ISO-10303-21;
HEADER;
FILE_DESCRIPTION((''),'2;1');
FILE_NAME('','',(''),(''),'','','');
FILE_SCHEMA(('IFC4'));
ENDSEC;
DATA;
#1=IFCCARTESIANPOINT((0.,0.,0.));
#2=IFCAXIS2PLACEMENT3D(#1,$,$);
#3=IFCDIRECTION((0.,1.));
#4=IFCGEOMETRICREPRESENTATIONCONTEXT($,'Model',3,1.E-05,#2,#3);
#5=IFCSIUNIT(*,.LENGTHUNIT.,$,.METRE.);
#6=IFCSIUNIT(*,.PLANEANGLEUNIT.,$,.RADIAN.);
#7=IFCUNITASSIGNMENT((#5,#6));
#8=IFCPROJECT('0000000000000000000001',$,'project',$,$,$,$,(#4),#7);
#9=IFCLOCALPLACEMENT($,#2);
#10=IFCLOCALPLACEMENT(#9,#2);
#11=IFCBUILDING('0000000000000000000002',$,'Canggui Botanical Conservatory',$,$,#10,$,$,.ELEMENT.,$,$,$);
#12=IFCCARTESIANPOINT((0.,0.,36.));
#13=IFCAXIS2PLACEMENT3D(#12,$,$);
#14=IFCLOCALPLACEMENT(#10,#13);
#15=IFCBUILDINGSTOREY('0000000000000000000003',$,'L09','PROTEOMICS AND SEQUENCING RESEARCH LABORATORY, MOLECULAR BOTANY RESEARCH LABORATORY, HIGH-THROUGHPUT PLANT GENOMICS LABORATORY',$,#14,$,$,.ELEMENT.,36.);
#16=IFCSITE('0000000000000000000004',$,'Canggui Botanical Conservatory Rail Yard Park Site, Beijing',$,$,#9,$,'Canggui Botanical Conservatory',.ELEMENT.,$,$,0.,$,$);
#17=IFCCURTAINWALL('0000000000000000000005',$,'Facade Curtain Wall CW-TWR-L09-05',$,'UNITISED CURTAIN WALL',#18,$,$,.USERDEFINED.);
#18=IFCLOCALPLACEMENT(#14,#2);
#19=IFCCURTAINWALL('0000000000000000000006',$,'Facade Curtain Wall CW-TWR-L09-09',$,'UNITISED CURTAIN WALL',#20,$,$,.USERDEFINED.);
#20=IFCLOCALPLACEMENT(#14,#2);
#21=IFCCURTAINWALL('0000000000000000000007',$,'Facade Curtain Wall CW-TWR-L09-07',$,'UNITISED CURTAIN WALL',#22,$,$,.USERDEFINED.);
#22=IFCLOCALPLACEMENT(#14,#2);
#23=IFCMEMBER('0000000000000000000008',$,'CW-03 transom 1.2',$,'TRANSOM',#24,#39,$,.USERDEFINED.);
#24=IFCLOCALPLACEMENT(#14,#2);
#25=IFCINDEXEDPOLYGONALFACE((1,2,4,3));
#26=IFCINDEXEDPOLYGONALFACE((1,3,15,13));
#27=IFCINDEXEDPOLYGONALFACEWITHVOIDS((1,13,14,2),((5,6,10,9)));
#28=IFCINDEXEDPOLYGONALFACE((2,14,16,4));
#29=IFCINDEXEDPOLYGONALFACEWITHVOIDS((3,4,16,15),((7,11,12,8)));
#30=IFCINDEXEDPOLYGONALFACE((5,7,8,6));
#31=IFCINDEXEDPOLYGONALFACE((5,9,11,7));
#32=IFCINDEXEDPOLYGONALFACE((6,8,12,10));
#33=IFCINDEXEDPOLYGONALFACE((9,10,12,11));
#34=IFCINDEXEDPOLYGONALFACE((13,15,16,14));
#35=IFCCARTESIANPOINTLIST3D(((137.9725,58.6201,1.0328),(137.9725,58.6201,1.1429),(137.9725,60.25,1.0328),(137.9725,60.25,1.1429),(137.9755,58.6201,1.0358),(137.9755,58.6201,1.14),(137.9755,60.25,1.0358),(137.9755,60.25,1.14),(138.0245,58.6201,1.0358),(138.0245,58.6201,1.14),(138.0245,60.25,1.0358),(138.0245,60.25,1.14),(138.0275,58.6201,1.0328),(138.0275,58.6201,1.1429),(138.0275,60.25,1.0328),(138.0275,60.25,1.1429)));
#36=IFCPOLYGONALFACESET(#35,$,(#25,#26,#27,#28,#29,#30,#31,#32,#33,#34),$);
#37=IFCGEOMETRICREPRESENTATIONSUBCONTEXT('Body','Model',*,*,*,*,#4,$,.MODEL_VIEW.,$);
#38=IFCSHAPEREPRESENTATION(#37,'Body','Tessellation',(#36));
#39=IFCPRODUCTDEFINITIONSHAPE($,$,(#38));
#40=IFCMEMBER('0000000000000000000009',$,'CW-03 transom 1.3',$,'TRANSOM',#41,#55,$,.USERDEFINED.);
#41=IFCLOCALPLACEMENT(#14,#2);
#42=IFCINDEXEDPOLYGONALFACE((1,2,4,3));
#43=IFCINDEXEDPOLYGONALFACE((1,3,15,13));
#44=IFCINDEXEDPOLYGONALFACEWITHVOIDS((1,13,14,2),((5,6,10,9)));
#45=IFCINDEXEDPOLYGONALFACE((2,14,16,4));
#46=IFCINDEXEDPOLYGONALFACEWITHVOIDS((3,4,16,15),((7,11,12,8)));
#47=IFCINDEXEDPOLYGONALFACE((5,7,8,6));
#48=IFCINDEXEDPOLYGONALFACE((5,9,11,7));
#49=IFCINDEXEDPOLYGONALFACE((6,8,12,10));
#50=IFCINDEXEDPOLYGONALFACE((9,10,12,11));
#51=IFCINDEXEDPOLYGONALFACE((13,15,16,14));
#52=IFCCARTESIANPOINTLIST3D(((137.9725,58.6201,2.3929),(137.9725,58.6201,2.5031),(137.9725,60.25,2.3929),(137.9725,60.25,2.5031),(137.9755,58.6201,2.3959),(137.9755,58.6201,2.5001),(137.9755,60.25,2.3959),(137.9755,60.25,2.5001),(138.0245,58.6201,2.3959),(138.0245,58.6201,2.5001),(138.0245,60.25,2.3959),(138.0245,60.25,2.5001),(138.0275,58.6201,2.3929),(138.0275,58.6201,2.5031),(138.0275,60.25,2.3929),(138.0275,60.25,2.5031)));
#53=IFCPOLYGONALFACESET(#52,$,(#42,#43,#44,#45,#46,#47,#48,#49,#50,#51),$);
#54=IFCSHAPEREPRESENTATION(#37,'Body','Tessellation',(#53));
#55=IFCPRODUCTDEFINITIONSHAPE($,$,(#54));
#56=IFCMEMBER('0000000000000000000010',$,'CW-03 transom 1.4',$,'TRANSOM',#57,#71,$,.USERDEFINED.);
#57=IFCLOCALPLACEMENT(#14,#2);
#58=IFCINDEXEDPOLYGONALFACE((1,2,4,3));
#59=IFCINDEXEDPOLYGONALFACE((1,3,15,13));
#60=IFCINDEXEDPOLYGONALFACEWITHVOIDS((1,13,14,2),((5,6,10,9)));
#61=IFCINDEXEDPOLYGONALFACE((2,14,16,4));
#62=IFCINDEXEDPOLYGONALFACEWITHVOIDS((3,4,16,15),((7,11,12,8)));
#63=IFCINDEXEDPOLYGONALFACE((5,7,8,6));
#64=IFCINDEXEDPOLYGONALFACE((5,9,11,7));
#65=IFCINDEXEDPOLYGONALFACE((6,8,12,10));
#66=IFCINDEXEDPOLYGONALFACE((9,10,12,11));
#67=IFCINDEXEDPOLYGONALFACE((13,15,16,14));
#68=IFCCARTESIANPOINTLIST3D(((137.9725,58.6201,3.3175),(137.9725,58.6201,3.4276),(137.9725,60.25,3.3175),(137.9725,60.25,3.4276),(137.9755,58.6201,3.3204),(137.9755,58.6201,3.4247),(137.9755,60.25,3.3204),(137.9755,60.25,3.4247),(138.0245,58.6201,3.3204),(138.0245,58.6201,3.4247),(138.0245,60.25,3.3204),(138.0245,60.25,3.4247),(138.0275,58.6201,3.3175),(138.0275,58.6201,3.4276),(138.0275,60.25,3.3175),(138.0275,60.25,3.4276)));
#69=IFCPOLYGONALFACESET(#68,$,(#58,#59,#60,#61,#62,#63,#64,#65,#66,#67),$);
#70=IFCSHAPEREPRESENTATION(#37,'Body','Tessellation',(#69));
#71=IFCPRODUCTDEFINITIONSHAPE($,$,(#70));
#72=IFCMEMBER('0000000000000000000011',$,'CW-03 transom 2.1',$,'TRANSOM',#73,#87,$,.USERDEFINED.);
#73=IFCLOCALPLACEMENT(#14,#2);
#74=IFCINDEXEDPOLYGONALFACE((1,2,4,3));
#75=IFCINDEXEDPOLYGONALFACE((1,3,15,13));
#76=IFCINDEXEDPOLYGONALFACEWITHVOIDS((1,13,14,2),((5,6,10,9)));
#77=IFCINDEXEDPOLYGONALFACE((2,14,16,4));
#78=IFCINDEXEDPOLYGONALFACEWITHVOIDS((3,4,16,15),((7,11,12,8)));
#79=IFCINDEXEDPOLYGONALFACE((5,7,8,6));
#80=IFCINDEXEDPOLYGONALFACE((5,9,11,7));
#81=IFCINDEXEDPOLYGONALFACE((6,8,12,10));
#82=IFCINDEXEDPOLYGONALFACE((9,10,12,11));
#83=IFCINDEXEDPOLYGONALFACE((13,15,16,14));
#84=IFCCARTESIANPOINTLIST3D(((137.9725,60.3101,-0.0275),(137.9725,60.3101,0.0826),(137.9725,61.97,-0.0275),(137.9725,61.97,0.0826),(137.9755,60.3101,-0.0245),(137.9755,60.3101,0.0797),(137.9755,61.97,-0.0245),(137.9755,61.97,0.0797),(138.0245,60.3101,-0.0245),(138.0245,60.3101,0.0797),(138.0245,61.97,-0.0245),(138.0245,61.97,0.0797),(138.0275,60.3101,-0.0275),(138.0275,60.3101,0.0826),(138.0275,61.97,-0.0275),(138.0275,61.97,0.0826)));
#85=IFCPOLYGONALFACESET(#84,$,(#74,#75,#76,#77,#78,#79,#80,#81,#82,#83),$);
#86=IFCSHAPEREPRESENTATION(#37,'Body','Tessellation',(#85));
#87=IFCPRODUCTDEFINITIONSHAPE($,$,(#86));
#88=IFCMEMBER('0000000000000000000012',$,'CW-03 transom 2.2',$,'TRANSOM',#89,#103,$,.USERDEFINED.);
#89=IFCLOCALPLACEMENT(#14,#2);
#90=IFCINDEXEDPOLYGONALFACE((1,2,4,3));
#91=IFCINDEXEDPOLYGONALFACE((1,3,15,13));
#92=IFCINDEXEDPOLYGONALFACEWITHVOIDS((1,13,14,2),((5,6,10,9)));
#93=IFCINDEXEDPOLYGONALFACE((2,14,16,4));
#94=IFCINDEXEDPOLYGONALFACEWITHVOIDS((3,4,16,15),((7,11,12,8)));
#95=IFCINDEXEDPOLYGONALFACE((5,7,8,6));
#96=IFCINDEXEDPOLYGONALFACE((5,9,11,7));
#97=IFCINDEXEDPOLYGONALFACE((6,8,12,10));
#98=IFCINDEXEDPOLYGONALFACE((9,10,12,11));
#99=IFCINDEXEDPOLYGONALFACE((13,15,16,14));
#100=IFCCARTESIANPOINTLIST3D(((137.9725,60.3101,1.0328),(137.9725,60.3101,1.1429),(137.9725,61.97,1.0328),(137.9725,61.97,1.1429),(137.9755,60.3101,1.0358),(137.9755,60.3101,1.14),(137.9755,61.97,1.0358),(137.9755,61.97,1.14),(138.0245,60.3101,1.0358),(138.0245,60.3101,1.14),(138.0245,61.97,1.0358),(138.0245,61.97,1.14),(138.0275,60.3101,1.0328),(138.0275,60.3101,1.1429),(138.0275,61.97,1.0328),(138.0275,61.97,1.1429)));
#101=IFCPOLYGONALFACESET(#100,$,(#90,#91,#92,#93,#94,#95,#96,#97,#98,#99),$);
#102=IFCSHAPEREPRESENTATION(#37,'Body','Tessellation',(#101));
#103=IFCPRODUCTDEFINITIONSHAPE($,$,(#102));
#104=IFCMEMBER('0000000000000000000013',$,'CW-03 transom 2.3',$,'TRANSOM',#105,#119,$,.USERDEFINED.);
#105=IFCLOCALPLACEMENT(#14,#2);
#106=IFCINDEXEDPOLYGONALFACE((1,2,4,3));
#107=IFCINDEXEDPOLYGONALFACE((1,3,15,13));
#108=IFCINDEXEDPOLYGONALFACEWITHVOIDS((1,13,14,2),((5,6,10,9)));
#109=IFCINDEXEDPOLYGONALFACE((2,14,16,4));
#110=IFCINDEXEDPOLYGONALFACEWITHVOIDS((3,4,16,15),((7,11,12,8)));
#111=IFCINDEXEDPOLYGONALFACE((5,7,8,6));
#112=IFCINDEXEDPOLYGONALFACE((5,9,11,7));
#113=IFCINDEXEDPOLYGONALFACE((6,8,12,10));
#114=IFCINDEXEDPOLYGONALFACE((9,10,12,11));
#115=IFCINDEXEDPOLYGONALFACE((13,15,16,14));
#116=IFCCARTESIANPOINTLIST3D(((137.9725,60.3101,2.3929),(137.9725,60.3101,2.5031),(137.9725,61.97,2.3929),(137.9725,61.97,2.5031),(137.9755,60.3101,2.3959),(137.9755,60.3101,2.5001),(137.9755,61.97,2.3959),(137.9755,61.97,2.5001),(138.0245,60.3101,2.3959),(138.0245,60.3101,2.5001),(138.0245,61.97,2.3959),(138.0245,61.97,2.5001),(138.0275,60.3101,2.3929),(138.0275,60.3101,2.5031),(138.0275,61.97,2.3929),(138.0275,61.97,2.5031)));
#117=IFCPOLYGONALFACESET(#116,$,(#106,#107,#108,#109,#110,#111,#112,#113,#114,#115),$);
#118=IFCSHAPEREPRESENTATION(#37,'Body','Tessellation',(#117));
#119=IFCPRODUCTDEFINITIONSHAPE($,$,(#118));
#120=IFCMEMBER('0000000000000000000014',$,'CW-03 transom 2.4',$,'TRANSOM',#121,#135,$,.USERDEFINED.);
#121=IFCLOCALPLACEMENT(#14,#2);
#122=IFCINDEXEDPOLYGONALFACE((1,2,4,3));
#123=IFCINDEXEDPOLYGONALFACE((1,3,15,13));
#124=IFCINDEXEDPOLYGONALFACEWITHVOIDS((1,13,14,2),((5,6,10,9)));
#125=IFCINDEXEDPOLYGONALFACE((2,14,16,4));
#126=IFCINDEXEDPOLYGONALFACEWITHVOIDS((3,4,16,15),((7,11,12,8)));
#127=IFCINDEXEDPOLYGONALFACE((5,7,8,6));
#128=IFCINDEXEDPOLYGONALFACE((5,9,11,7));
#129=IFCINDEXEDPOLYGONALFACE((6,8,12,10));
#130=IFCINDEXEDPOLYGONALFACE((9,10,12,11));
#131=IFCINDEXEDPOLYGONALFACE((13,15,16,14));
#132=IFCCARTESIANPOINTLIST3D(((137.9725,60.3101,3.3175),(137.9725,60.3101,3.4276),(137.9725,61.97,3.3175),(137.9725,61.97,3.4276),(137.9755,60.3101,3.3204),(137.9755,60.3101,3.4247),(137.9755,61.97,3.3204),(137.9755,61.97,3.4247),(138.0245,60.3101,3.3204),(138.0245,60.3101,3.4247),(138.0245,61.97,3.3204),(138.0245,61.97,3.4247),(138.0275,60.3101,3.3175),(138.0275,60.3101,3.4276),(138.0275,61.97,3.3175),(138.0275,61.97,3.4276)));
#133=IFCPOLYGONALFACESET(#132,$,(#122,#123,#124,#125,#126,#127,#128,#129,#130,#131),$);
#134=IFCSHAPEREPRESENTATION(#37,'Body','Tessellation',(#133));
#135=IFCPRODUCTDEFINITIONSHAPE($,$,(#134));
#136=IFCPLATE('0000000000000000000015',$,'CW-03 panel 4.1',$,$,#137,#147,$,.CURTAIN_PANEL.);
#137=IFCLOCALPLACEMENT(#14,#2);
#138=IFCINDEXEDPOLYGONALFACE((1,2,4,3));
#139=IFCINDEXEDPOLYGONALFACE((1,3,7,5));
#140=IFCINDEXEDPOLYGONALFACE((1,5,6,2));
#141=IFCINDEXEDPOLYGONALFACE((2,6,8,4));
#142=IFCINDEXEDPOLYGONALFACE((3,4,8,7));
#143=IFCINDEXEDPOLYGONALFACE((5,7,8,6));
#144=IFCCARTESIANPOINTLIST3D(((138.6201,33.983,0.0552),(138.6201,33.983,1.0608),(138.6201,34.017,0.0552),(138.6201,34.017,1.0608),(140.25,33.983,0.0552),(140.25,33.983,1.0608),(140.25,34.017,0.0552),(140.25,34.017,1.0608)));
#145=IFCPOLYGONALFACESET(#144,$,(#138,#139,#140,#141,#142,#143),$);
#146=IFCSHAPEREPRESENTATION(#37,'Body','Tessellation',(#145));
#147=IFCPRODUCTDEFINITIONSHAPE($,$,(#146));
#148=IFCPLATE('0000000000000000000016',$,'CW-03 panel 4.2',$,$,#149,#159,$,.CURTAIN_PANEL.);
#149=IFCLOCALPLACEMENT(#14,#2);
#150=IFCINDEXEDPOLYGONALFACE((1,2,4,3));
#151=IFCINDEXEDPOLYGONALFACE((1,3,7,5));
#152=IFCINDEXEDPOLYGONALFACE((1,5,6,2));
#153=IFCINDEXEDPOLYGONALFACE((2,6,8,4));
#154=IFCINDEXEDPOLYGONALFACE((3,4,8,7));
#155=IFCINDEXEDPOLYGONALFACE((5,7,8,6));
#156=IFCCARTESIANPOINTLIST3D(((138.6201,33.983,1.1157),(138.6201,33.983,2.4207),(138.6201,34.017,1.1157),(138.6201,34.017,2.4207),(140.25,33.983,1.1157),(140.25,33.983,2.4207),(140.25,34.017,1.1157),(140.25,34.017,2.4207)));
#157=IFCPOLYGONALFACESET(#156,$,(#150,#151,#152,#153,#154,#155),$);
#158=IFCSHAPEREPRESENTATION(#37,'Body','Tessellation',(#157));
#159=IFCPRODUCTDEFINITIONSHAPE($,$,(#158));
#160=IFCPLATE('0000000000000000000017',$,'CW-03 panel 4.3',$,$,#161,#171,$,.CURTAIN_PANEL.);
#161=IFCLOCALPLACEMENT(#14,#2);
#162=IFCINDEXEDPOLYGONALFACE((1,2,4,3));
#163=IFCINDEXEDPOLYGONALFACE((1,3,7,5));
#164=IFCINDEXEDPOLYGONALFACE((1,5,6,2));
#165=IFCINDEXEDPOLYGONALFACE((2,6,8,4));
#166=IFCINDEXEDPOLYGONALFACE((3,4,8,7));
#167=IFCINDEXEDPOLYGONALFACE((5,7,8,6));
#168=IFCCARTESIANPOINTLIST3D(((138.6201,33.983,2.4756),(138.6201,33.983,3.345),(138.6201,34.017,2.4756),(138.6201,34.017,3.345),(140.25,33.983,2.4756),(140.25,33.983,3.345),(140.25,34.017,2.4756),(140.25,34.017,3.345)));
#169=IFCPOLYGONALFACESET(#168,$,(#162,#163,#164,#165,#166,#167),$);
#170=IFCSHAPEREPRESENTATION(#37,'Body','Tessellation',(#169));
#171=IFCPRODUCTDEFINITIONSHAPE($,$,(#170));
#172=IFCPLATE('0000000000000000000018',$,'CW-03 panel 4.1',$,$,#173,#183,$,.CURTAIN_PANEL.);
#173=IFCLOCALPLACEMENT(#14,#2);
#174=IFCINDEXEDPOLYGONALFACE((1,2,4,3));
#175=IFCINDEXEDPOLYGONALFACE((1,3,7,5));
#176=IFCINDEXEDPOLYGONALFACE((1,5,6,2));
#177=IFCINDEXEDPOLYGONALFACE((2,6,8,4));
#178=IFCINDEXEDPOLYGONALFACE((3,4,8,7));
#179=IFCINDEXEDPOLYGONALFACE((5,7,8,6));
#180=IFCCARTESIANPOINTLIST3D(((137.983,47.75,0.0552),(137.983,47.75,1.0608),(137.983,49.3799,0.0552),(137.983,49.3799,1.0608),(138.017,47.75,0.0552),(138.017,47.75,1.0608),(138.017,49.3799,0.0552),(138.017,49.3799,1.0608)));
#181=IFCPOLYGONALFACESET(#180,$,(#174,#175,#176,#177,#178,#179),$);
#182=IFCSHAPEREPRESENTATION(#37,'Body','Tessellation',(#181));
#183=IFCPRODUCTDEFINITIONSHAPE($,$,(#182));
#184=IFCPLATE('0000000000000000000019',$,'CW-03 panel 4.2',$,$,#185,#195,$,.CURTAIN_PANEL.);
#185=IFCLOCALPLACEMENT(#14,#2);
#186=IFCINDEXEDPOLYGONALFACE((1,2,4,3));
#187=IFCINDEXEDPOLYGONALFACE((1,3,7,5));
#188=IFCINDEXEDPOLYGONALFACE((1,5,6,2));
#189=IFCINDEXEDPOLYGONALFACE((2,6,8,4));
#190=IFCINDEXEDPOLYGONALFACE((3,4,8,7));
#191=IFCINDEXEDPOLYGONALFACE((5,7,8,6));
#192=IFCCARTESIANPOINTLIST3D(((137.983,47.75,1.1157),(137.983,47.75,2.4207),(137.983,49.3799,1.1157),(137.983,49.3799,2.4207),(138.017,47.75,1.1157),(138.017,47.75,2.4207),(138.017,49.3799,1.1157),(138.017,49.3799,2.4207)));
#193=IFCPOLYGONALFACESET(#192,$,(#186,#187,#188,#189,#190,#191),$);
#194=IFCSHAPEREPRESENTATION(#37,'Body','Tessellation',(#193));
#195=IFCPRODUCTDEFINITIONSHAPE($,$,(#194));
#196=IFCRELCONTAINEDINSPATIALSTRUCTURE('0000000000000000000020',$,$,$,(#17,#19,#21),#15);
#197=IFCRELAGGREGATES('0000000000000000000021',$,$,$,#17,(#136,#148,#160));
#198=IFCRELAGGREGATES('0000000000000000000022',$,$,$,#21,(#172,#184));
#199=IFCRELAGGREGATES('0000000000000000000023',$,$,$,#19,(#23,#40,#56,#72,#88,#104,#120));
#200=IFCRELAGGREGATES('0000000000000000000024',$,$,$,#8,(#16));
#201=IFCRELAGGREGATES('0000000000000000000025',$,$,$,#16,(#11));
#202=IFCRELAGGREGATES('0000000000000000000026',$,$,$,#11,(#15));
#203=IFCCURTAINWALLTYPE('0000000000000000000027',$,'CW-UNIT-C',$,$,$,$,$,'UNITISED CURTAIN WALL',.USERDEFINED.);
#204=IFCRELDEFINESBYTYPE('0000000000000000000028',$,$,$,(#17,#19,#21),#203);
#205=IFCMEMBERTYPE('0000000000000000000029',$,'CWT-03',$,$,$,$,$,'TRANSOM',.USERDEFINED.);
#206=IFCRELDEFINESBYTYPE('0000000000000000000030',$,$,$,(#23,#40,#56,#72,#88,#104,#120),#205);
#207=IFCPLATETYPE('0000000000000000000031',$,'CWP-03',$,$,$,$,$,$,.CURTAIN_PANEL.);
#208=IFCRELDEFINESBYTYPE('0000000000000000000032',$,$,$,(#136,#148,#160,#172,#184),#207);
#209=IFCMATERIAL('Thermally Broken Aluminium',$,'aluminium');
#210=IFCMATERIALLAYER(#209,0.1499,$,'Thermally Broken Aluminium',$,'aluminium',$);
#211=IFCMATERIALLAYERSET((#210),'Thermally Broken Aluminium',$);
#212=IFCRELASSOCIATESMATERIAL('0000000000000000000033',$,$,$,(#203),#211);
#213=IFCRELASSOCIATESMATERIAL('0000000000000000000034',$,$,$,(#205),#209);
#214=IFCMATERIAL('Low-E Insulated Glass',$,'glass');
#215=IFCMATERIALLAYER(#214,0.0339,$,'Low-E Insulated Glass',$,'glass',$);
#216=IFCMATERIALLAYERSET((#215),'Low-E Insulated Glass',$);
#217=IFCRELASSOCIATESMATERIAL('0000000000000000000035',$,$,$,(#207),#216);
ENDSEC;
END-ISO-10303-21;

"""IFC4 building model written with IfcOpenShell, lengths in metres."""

from ifc_helpers import new_model, si_unit, direction, frame, origin, origin_2d, place, context, subcontext, project, spatial, rectangle, hollow_rectangle, extrude, material, layer, layer_set, material_profile, profile_set, type_object, element, aggregate, save


model = new_model("IFC4")

# Units and contexts
model_context = context("Model", 3, precision=1e-05, world=origin(), true_north=direction((0.0, 1.0)))
body_context = subcontext(model_context, "Body", "Model", "MODEL_VIEW")
ifc_project = project(units=[si_unit("LENGTHUNIT", "METRE"), si_unit("PLANEANGLEUNIT", "RADIAN")], contexts=[model_context])

# Site, building, storey
site_placement = place(None, origin())
site = spatial("IfcSite", under=ifc_project, at=site_placement, Name="Canggui Botanical Conservatory Rail Yard Park Site, Beijing", LongName="Canggui Botanical Conservatory", CompositionType="ELEMENT", RefElevation=0.0)
building_placement = place(site_placement, origin())
building = spatial("IfcBuilding", under=site, at=building_placement, Name="Canggui Botanical Conservatory", CompositionType="ELEMENT")
storey_placement = place(building_placement, frame((0.0, 0.0, 36.0)))
storey = spatial("IfcBuildingStorey", under=building, at=storey_placement, Name="L09", Description="PROTEOMICS AND SEQUENCING RESEARCH LABORATORY, MOLECULAR BOTANY RESEARCH LABORATORY, HIGH-THROUGHPUT PLANT GENOMICS LABORATORY", CompositionType="ELEMENT", Elevation=36.0)

# Curtain walls
ifc_material_1 = material(Name="Thermally Broken Aluminium", Category="aluminium")
ifc_layer_1 = layer(ifc_material_1, 0.1499, Name="Thermally Broken Aluminium", Category="aluminium")
ifc_layer_set_1 = layer_set([ifc_layer_1], Name="Thermally Broken Aluminium")
curtain_wall_type = type_object("IfcCurtainWallType", Name="CW-UNIT-C", ElementType="UNITISED CURTAIN WALL", PredefinedType="USERDEFINED", material=ifc_layer_set_1)
curtain_wall_1_placement = place(storey_placement, origin())
curtain_wall_1 = element("IfcCurtainWall", 1, at=curtain_wall_1_placement, inside=storey, type_object=curtain_wall_type, Name="Facade Curtain Wall CW-TWR-L09-05", ObjectType="UNITISED CURTAIN WALL", PredefinedType="USERDEFINED")
curtain_wall_2_placement = place(storey_placement, origin())
curtain_wall_2 = element("IfcCurtainWall", 2, at=curtain_wall_2_placement, inside=storey, type_object=curtain_wall_type, Name="Facade Curtain Wall CW-TWR-L09-09", ObjectType="UNITISED CURTAIN WALL", PredefinedType="USERDEFINED")

# Shared definitions
ifc_material_profile_1 = material_profile(ifc_material_1, hollow_rectangle(XDim=0.0549, YDim=0.1101, WallThickness=0.0029, at=origin_2d()), Name="CWT 55x110x3")
ifc_profile_set_1 = profile_set([ifc_material_profile_1], Name="Thermally Broken Aluminium")
member_type_1 = type_object("IfcMemberType", Name="CWT-03", ElementType="TRANSOM", PredefinedType="USERDEFINED", material=ifc_profile_set_1)

# Curtain wall
curtain_wall_3_placement = place(storey_placement, origin())
curtain_wall_3 = element("IfcCurtainWall", 3, at=curtain_wall_3_placement, inside=storey, type_object=curtain_wall_type, Name="Facade Curtain Wall CW-TWR-L09-07", ObjectType="UNITISED CURTAIN WALL", PredefinedType="USERDEFINED")

# Members
member_1_placement = place(storey_placement, frame((138.0, 58.6201, 1.0879), z_axis=(0.0, 1.0, 0.0), x_axis=(-1.0, 0.0, 0.0)))
member_1 = element("IfcMember", 4, at=member_1_placement, type_object=member_type_1, Name="CW-03 transom 1.2", ObjectType="TRANSOM", PredefinedType="USERDEFINED", context=body_context, shape_type="SweptSolid", body=[
    extrude(hollow_rectangle(XDim=0.0549, YDim=0.1101, WallThickness=0.0029, at=origin_2d()), origin(), (0.0, 0.0, 1.0), 1.6299),
])
member_2_placement = place(storey_placement, frame((138.0, 58.6201, 2.448), z_axis=(0.0, 1.0, 0.0), x_axis=(-1.0, 0.0, 0.0)))
member_2 = element("IfcMember", 5, at=member_2_placement, type_object=member_type_1, Name="CW-03 transom 1.3", ObjectType="TRANSOM", PredefinedType="USERDEFINED", context=body_context, shape_type="SweptSolid", body=[
    extrude(hollow_rectangle(XDim=0.0549, YDim=0.1101, WallThickness=0.0029, at=origin_2d()), origin(), (0.0, 0.0, 1.0), 1.6299),
])
member_3_placement = place(storey_placement, frame((138.0, 58.6201, 3.3726), z_axis=(0.0, 1.0, 0.0), x_axis=(-1.0, 0.0, 0.0)))
member_3 = element("IfcMember", 6, at=member_3_placement, type_object=member_type_1, Name="CW-03 transom 1.4", ObjectType="TRANSOM", PredefinedType="USERDEFINED", context=body_context, shape_type="SweptSolid", body=[
    extrude(hollow_rectangle(XDim=0.0549, YDim=0.1101, WallThickness=0.0029, at=origin_2d()), origin(), (0.0, 0.0, 1.0), 1.6299),
])
member_4_placement = place(storey_placement, frame((138.0, 60.3101, 0.0276), z_axis=(0.0, 1.0, 0.0), x_axis=(-1.0, 0.0, 0.0)))
member_4 = element("IfcMember", 7, at=member_4_placement, type_object=member_type_1, Name="CW-03 transom 2.1", ObjectType="TRANSOM", PredefinedType="USERDEFINED", context=body_context, shape_type="SweptSolid", body=[
    extrude(hollow_rectangle(XDim=0.0549, YDim=0.1101, WallThickness=0.0029, at=origin_2d()), origin(), (0.0, 0.0, 1.0), 1.6599),
])
member_5_placement = place(storey_placement, frame((138.0, 60.3101, 1.0879), z_axis=(0.0, 1.0, 0.0), x_axis=(-1.0, 0.0, 0.0)))
member_5 = element("IfcMember", 8, at=member_5_placement, type_object=member_type_1, Name="CW-03 transom 2.2", ObjectType="TRANSOM", PredefinedType="USERDEFINED", context=body_context, shape_type="SweptSolid", body=[
    extrude(hollow_rectangle(XDim=0.0549, YDim=0.1101, WallThickness=0.0029, at=origin_2d()), origin(), (0.0, 0.0, 1.0), 1.6599),
])
member_6_placement = place(storey_placement, frame((138.0, 60.3101, 2.448), z_axis=(0.0, 1.0, 0.0), x_axis=(-1.0, 0.0, 0.0)))
member_6 = element("IfcMember", 9, at=member_6_placement, type_object=member_type_1, Name="CW-03 transom 2.3", ObjectType="TRANSOM", PredefinedType="USERDEFINED", context=body_context, shape_type="SweptSolid", body=[
    extrude(hollow_rectangle(XDim=0.0549, YDim=0.1101, WallThickness=0.0029, at=origin_2d()), origin(), (0.0, 0.0, 1.0), 1.6599),
])
member_7_placement = place(storey_placement, frame((138.0, 60.3101, 3.3726), z_axis=(0.0, 1.0, 0.0), x_axis=(-1.0, 0.0, 0.0)))
member_7 = element("IfcMember", 10, at=member_7_placement, type_object=member_type_1, Name="CW-03 transom 2.4", ObjectType="TRANSOM", PredefinedType="USERDEFINED", context=body_context, shape_type="SweptSolid", body=[
    extrude(hollow_rectangle(XDim=0.0549, YDim=0.1101, WallThickness=0.0029, at=origin_2d()), origin(), (0.0, 0.0, 1.0), 1.6599),
])

# Plates
ifc_material_2 = material(Name="Low-E Insulated Glass", Category="glass")
ifc_layer_2 = layer(ifc_material_2, 0.0339, Name="Low-E Insulated Glass", Category="glass")
ifc_layer_set_2 = layer_set([ifc_layer_2], Name="Low-E Insulated Glass")
plate_type = type_object("IfcPlateType", Name="CWP-03", PredefinedType="CURTAIN_PANEL", material=ifc_layer_set_2)
plate_1_placement = place(storey_placement, frame((139.4351, 34.0, 0.0552), z_axis=(0.0, 0.0, 1.0), x_axis=(-1.0, 0.0, 0.0)))
plate_1 = element("IfcPlate", 11, at=plate_1_placement, type_object=plate_type, Name="CW-03 panel 4.1", PredefinedType="CURTAIN_PANEL", context=body_context, shape_type="SweptSolid", body=[
    extrude(rectangle(XDim=1.6299, YDim=0.0339, at=origin_2d()), origin(), (0.0, 0.0, 1.0), 1.0056),
])
plate_2_placement = place(storey_placement, frame((139.4351, 34.0, 1.1157), z_axis=(0.0, 0.0, 1.0), x_axis=(-1.0, 0.0, 0.0)))
plate_2 = element("IfcPlate", 12, at=plate_2_placement, type_object=plate_type, Name="CW-03 panel 4.2", PredefinedType="CURTAIN_PANEL", context=body_context, shape_type="SweptSolid", body=[
    extrude(rectangle(XDim=1.6299, YDim=0.0339, at=origin_2d()), origin(), (0.0, 0.0, 1.0), 1.3049),
])
plate_3_placement = place(storey_placement, frame((139.4351, 34.0, 2.4756), z_axis=(0.0, 0.0, 1.0), x_axis=(-1.0, 0.0, 0.0)))
plate_3 = element("IfcPlate", 13, at=plate_3_placement, type_object=plate_type, Name="CW-03 panel 4.3", PredefinedType="CURTAIN_PANEL", context=body_context, shape_type="SweptSolid", body=[
    extrude(rectangle(XDim=1.6299, YDim=0.0339, at=origin_2d()), origin(), (0.0, 0.0, 1.0), 0.8694),
])
aggregate(curtain_wall_1, [plate_1, plate_2, plate_3])
plate_4_placement = place(storey_placement, frame((138.0, 48.5649, 0.0552), z_axis=(0.0, 0.0, 1.0), x_axis=(0.0, 1.0, 0.0)))
plate_4 = element("IfcPlate", 14, at=plate_4_placement, type_object=plate_type, Name="CW-03 panel 4.1", PredefinedType="CURTAIN_PANEL", context=body_context, shape_type="SweptSolid", body=[
    extrude(rectangle(XDim=1.6299, YDim=0.0339, at=origin_2d()), origin(), (0.0, 0.0, 1.0), 1.0056),
])
plate_5_placement = place(storey_placement, frame((138.0, 48.5649, 1.1157), z_axis=(0.0, 0.0, 1.0), x_axis=(0.0, 1.0, 0.0)))
plate_5 = element("IfcPlate", 15, at=plate_5_placement, type_object=plate_type, Name="CW-03 panel 4.2", PredefinedType="CURTAIN_PANEL", context=body_context, shape_type="SweptSolid", body=[
    extrude(rectangle(XDim=1.6299, YDim=0.0339, at=origin_2d()), origin(), (0.0, 0.0, 1.0), 1.3049),
])
aggregate(curtain_wall_3, [plate_4, plate_5])
aggregate(curtain_wall_2, [member_1, member_2, member_3, member_4, member_5, member_6, member_7])

save(model, "model.ifc")
